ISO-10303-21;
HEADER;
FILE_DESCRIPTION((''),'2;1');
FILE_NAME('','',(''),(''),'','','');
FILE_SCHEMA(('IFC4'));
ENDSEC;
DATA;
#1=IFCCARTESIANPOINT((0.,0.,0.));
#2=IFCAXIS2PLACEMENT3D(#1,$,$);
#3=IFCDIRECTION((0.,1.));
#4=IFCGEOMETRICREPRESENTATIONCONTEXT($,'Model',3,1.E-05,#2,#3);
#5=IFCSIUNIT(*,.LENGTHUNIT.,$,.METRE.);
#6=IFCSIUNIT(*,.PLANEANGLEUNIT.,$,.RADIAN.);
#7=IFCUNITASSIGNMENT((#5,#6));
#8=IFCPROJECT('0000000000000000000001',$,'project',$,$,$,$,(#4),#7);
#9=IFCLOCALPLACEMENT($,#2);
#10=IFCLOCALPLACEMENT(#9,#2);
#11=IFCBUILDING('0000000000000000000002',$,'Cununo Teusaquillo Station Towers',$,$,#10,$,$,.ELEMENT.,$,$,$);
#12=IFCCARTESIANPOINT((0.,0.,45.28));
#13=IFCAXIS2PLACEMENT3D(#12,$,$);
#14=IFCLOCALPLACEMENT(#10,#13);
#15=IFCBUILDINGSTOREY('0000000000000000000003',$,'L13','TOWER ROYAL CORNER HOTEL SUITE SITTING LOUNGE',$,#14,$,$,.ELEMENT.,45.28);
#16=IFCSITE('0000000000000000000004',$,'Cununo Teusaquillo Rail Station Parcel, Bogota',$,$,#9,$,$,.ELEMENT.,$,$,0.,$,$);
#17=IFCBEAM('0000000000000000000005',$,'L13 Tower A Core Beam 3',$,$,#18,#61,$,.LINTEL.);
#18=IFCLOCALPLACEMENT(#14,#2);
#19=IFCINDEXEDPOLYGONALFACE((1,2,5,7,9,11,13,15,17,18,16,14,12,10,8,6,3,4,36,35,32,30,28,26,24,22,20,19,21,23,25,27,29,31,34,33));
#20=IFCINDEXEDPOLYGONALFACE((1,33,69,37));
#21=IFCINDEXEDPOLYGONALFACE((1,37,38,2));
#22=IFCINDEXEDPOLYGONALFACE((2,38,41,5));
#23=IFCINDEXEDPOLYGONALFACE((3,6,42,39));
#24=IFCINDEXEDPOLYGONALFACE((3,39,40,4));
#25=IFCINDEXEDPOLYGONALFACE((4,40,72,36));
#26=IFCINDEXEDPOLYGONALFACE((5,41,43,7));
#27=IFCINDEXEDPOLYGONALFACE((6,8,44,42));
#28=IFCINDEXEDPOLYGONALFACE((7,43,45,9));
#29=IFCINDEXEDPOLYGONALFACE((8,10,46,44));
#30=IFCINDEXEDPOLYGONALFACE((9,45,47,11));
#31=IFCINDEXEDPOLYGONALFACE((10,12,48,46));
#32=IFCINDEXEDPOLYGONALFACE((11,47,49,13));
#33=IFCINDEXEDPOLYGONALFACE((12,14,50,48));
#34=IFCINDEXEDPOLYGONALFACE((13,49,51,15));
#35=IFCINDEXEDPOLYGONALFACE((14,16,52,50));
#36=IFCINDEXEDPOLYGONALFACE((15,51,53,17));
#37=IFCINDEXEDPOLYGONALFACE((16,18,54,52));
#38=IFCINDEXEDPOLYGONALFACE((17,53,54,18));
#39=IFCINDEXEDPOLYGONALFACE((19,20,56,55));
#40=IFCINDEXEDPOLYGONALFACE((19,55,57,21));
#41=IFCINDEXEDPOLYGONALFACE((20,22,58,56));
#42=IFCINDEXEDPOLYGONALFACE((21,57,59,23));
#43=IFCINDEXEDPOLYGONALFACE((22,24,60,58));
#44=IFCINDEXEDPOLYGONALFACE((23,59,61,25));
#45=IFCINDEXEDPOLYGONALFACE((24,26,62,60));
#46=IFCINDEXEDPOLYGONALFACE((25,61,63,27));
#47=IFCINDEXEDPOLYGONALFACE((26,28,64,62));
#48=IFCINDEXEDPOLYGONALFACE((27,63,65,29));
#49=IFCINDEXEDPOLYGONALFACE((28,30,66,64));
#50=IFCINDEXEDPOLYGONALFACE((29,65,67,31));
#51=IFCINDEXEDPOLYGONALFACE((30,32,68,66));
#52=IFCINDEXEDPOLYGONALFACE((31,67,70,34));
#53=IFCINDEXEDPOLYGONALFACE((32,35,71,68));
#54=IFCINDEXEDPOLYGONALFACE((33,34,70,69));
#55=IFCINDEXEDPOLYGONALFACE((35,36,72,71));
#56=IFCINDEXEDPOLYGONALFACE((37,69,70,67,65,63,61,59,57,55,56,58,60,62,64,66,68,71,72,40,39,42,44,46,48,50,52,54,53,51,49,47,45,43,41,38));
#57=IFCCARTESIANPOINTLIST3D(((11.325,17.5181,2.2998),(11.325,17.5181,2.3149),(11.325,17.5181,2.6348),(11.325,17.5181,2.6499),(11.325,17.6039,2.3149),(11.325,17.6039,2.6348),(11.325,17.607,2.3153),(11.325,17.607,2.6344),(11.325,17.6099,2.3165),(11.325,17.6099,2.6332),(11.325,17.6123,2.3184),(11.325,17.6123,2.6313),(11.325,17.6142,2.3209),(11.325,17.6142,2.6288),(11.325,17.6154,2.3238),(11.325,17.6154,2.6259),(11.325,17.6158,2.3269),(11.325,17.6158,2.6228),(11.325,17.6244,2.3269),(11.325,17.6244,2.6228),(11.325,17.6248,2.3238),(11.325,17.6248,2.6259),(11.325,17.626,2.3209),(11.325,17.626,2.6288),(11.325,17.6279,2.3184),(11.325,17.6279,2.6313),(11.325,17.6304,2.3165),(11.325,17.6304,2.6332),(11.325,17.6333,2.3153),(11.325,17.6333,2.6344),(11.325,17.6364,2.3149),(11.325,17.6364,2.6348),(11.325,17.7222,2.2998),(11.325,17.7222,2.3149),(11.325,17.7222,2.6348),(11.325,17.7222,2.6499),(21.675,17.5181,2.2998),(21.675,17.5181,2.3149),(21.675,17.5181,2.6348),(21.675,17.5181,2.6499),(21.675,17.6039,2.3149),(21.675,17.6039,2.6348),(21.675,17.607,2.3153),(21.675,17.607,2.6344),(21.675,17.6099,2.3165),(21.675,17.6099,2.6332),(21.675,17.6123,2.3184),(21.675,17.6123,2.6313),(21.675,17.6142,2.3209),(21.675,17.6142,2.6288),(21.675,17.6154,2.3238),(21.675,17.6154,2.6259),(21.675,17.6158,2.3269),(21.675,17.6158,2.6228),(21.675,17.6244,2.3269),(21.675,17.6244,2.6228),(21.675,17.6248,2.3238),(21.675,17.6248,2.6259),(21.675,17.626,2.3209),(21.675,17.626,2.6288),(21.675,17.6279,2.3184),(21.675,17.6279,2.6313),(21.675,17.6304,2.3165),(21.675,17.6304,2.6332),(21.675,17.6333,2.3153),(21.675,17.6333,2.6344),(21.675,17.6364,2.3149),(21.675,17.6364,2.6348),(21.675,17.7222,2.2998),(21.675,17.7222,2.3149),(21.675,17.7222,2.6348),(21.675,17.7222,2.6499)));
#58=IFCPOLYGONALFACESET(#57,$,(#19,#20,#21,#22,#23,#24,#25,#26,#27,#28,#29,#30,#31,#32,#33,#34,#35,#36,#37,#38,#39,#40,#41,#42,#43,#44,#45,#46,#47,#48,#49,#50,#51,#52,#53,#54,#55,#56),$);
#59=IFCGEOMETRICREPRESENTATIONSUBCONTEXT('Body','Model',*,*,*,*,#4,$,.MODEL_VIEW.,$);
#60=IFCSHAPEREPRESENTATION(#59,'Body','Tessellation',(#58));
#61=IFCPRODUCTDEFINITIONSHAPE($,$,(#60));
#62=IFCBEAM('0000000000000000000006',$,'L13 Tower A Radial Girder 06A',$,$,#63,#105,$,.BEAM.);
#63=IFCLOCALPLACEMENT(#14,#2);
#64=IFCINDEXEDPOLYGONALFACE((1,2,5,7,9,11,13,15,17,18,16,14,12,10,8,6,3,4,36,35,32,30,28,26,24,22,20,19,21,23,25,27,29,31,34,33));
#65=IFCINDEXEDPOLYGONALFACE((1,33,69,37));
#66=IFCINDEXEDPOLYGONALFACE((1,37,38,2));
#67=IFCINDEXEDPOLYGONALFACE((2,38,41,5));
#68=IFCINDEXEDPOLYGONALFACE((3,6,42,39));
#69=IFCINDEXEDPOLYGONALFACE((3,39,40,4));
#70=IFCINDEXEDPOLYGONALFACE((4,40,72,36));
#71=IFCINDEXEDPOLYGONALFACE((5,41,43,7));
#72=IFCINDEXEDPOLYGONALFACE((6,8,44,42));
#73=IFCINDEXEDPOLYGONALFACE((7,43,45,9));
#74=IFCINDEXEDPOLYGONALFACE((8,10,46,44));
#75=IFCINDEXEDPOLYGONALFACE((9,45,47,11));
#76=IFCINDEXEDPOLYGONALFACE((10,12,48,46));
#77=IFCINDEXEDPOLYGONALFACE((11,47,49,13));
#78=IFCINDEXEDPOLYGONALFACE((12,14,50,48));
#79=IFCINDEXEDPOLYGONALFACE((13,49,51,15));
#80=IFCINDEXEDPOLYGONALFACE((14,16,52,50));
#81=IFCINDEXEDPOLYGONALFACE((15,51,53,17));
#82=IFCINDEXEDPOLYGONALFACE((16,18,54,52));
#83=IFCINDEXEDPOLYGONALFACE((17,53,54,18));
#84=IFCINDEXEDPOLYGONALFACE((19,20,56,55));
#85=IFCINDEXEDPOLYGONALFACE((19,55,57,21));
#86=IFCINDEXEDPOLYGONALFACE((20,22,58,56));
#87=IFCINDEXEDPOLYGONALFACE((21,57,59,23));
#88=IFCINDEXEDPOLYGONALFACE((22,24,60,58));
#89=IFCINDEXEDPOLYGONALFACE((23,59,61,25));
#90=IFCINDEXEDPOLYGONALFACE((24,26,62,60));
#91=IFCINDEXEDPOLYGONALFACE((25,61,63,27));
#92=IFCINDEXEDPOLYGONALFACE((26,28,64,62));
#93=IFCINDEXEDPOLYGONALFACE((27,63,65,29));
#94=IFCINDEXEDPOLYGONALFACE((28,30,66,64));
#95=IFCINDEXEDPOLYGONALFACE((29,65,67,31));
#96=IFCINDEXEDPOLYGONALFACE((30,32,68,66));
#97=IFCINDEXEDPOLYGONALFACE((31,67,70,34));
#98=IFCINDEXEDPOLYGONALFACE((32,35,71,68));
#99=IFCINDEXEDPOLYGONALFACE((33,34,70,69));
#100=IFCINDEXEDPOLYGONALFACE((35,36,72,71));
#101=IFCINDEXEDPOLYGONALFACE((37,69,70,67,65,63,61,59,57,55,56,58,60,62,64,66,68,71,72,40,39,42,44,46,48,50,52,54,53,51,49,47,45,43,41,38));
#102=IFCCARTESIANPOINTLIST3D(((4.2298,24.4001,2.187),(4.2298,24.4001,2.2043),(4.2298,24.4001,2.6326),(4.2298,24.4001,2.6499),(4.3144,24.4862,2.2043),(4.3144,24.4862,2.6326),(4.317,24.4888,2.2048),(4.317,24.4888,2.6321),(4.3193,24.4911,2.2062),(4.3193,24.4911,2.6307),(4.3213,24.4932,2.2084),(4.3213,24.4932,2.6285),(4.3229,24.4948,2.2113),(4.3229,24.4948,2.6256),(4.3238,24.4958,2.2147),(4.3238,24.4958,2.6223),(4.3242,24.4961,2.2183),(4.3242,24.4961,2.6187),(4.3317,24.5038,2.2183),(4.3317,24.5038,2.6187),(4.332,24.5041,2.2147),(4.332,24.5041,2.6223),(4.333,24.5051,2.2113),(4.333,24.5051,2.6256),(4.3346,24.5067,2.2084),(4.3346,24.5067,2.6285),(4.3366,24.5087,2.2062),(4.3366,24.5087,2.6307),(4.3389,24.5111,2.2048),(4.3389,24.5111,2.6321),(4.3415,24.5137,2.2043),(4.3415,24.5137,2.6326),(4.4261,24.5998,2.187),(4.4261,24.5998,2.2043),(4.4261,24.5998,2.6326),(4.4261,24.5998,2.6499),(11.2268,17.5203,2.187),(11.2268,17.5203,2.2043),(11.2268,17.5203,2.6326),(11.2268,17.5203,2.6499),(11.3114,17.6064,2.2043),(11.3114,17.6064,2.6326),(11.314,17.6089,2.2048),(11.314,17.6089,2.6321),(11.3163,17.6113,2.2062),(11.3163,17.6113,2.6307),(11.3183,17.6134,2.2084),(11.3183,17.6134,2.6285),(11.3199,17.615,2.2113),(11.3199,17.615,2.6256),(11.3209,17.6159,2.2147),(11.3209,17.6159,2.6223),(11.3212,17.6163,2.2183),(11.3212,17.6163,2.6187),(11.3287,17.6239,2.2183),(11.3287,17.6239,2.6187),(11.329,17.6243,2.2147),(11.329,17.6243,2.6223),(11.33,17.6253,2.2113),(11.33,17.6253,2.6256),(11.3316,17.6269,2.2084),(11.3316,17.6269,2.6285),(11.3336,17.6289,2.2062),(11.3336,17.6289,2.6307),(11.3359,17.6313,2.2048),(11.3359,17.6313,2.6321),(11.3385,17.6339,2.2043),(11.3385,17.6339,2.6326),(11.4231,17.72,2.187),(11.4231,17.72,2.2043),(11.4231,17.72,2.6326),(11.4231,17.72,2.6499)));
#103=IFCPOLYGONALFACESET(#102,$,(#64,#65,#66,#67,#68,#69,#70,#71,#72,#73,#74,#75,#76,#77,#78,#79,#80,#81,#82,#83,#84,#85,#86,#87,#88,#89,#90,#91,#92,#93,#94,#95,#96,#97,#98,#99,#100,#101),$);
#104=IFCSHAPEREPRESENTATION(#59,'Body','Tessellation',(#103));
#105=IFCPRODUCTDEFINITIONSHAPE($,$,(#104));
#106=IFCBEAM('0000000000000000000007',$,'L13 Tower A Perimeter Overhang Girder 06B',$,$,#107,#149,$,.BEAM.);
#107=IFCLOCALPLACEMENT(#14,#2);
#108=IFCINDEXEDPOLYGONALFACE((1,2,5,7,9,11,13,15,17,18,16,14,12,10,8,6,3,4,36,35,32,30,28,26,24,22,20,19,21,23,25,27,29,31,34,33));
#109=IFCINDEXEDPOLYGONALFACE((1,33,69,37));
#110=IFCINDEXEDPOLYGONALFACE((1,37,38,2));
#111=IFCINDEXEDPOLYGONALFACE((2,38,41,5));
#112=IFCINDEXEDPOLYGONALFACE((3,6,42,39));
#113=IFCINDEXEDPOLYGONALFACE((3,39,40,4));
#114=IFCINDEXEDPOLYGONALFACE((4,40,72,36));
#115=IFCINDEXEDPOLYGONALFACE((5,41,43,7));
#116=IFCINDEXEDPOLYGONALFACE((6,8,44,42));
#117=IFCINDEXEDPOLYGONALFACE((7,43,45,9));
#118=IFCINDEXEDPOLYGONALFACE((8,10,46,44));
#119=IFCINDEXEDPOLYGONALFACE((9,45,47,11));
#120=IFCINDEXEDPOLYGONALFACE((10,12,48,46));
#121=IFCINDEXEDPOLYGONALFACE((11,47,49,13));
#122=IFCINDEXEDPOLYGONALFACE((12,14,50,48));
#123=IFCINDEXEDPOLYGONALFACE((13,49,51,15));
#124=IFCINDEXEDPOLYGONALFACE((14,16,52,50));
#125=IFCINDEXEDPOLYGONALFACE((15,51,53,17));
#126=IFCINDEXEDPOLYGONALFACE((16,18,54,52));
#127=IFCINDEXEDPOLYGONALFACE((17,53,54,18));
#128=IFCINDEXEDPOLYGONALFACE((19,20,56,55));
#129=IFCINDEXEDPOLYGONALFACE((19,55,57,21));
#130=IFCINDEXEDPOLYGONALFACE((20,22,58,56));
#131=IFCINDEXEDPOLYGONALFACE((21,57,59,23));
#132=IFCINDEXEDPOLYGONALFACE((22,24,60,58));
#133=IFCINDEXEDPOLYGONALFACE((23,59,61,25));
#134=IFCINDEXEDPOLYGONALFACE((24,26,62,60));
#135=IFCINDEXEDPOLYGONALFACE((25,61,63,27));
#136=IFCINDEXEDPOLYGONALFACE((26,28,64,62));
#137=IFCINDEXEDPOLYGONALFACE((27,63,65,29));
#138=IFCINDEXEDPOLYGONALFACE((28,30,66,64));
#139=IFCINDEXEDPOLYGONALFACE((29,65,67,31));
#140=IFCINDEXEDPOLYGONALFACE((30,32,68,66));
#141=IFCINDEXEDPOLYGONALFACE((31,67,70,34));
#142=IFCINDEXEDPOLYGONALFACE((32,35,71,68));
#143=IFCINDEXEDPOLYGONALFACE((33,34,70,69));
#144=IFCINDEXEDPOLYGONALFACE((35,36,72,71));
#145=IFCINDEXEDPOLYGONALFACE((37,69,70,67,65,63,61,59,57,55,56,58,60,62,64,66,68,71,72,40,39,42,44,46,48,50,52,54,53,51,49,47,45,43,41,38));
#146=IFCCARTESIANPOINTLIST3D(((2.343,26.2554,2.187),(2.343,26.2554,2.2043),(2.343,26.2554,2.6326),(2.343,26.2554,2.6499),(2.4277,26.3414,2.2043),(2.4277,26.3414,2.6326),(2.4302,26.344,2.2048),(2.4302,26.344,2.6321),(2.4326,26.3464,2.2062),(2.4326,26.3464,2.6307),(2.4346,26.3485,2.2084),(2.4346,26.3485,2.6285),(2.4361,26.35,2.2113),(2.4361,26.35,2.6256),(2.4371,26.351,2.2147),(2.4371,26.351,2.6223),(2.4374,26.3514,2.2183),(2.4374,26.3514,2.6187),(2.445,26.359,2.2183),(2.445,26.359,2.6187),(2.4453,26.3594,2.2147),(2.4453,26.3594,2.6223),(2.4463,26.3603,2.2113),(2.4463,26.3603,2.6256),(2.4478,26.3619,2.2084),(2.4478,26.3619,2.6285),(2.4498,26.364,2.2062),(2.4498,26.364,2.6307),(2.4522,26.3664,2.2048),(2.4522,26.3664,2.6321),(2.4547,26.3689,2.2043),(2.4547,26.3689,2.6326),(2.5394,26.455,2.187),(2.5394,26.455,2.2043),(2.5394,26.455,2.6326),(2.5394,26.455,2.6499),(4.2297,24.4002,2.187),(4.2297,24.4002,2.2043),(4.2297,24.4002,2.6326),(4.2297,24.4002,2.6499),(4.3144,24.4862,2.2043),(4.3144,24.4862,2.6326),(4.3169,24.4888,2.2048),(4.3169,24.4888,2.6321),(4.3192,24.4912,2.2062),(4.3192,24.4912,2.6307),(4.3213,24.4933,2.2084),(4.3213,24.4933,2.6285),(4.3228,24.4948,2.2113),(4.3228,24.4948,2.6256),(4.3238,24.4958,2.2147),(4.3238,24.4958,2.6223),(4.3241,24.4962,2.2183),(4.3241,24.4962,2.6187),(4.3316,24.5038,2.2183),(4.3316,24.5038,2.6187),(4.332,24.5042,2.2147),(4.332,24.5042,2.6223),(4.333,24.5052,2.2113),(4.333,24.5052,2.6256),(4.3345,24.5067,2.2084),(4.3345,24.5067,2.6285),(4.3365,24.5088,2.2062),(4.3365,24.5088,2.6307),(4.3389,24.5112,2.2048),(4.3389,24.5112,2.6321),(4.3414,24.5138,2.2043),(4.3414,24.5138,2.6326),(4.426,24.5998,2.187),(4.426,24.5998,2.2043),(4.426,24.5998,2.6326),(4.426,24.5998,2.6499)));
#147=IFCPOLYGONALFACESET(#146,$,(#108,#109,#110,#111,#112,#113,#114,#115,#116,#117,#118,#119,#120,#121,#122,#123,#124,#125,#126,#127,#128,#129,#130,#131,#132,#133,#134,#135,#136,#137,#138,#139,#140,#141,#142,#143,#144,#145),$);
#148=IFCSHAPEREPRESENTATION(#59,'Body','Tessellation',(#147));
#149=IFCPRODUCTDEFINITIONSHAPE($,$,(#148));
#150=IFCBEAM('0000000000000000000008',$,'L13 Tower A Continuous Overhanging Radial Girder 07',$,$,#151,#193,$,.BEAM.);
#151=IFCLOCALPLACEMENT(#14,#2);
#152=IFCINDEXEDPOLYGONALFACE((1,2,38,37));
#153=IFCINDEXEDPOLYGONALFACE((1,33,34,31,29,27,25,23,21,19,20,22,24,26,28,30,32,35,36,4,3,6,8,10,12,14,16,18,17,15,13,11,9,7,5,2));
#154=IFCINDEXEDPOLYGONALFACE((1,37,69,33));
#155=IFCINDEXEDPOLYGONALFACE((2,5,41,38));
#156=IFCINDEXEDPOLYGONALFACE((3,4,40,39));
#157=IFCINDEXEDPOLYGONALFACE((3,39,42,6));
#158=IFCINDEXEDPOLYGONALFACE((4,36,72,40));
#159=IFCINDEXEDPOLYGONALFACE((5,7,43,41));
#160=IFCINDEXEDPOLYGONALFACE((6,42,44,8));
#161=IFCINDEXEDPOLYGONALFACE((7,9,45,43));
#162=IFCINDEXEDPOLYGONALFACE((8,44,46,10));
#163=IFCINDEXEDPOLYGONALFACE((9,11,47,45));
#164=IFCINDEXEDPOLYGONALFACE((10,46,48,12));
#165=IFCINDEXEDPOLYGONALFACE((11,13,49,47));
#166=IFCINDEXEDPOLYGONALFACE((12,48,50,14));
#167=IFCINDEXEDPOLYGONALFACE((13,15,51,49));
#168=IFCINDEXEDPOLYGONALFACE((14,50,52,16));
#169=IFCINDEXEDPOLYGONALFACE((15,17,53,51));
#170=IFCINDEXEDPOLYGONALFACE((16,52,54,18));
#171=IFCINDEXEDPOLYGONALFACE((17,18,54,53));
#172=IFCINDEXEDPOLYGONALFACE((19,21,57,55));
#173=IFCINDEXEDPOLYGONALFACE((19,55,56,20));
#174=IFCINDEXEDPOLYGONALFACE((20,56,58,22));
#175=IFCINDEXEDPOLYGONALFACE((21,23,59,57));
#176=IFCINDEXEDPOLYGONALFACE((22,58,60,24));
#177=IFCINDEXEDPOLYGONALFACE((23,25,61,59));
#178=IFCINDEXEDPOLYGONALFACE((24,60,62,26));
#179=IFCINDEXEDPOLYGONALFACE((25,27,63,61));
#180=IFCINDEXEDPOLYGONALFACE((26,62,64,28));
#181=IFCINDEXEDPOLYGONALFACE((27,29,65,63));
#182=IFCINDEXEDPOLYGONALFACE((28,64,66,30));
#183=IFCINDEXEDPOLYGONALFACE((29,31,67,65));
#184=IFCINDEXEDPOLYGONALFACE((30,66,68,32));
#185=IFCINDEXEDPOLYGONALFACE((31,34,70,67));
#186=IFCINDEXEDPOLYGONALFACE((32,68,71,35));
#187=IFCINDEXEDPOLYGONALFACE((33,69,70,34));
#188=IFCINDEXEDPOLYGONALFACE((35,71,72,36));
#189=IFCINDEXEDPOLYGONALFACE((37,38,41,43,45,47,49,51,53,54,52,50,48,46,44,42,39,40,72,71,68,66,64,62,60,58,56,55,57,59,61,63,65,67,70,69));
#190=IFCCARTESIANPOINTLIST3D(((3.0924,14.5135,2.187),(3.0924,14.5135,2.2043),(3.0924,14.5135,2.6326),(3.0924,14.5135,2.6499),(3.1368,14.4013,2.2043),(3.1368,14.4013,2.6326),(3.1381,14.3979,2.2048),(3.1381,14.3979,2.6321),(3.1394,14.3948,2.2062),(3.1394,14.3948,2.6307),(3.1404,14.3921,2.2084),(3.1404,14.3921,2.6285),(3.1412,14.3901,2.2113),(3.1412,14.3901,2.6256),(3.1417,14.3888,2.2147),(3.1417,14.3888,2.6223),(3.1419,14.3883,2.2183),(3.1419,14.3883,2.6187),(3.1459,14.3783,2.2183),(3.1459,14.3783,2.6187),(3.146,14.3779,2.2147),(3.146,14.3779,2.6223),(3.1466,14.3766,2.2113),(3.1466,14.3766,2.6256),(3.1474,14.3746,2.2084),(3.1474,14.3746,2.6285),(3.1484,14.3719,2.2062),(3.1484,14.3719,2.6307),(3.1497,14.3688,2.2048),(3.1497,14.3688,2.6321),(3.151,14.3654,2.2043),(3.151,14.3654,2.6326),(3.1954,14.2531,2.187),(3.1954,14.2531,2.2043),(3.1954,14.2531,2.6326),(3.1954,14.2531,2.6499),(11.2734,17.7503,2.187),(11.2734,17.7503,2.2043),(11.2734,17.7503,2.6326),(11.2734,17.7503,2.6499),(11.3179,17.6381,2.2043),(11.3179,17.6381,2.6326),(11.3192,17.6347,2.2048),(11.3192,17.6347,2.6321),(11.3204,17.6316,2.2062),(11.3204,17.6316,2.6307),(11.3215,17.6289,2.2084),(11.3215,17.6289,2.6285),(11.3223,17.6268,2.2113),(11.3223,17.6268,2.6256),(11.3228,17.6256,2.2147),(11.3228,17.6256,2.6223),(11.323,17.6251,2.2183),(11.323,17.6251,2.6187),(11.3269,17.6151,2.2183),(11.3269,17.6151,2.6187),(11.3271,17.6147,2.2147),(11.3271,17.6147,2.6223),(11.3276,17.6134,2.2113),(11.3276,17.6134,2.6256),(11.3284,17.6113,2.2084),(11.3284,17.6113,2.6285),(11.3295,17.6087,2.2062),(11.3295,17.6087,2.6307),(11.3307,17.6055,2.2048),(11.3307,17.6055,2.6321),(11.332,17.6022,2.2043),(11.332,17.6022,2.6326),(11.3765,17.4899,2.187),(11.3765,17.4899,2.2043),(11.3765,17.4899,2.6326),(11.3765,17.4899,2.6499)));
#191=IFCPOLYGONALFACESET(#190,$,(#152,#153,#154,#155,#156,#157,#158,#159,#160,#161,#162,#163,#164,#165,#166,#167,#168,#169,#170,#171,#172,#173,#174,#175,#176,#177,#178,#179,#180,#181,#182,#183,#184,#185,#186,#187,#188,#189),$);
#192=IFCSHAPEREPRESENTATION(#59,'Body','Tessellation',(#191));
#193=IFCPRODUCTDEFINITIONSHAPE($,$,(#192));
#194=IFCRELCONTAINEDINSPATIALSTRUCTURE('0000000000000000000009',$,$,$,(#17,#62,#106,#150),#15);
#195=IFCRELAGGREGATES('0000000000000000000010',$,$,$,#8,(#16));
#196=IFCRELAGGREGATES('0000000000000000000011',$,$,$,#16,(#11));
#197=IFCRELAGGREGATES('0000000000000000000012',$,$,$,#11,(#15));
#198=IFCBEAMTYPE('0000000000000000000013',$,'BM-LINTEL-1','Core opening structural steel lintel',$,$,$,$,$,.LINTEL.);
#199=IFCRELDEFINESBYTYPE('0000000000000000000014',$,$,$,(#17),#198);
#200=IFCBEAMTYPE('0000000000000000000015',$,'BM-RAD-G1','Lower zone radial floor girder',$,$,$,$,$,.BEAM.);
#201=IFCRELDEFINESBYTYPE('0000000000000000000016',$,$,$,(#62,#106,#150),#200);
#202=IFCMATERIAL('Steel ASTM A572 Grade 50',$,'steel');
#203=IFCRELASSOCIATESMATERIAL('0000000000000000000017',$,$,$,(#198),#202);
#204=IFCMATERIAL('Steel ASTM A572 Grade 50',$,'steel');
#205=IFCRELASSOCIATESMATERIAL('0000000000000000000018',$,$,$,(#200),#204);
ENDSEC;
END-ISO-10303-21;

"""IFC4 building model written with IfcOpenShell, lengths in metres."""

from ifc_helpers import new_model, si_unit, direction, frame, origin, origin_2d, place, context, subcontext, project, spatial, i_section, extrude, material, material_profile, profile_set, type_object, element, save


model = new_model("IFC4")

# Units and contexts
model_context = context("Model", 3, precision=1e-05, world=origin(), true_north=direction((0.0, 1.0)))
body_context = subcontext(model_context, "Body", "Model", "MODEL_VIEW")
ifc_project = project(units=[si_unit("LENGTHUNIT", "METRE"), si_unit("PLANEANGLEUNIT", "RADIAN")], contexts=[model_context])

# Site, building, storey
site_placement = place(None, origin())
site = spatial("IfcSite", under=ifc_project, at=site_placement, Name="Cununo Teusaquillo Rail Station Parcel, Bogota", CompositionType="ELEMENT", RefElevation=0.0)
building_placement = place(site_placement, origin())
building = spatial("IfcBuilding", under=site, at=building_placement, Name="Cununo Teusaquillo Station Towers", CompositionType="ELEMENT")
storey_placement = place(building_placement, frame((0.0, 0.0, 45.28)))
storey = spatial("IfcBuildingStorey", under=building, at=storey_placement, Name="L13", Description="TOWER ROYAL CORNER HOTEL SUITE SITTING LOUNGE", CompositionType="ELEMENT", Elevation=45.28)

# Beams
ifc_material_1 = material(Name="Steel ASTM A572 Grade 50", Category="steel")
ifc_material_profile_1 = material_profile(ifc_material_1, i_section(OverallWidth=0.2041, OverallDepth=0.3501, WebThickness=0.0085, FlangeThickness=0.0151, FilletRadius=0.012, at=origin_2d()), Name="W14X48")
ifc_profile_set_1 = profile_set([ifc_material_profile_1], Name="Steel ASTM A572 Grade 50")
beam_type_1 = type_object("IfcBeamType", Name="BM-LINTEL-1", Description="Core opening structural steel lintel", PredefinedType="LINTEL", material=ifc_profile_set_1)
beam_1_placement = place(storey_placement, frame((11.325, 17.6201, 2.4749), z_axis=(1.0, 0.0, 0.0), x_axis=(0.0, 1.0, 0.0)))
element("IfcBeam", 1, at=beam_1_placement, inside=storey, type_object=beam_type_1, Name="L13 Tower A Core Beam 3", PredefinedType="LINTEL", context=body_context, shape_type="SweptSolid", body=[
    extrude(i_section(OverallWidth=0.2041, OverallDepth=0.3501, WebThickness=0.0085, FlangeThickness=0.0151, FilletRadius=0.012, at=origin_2d()), origin(), (0.0, 0.0, 1.0), 10.3501),
])
ifc_material_2 = material(Name="Steel ASTM A572 Grade 50", Category="steel")
ifc_material_profile_2 = material_profile(ifc_material_2, i_section(OverallWidth=0.28, OverallDepth=0.4629, WebThickness=0.0107, FlangeThickness=0.0173, FilletRadius=0.0139, at=origin_2d()), Name="W18X76")
ifc_profile_set_2 = profile_set([ifc_material_profile_2], Name="Steel ASTM A572 Grade 50")
beam_type_2 = type_object("IfcBeamType", Name="BM-RAD-G1", Description="Lower zone radial floor girder", PredefinedType="BEAM", material=ifc_profile_set_2)
beam_2_placement = place(storey_placement, frame((11.325, 17.6201, 2.4185), z_axis=(-0.713053, 0.70111, 0.0), x_axis=(-0.70111, -0.713053, 0.0)))
element("IfcBeam", 2, at=beam_2_placement, inside=storey, type_object=beam_type_2, Name="L13 Tower A Radial Girder 06A", PredefinedType="BEAM", context=body_context, shape_type="SweptSolid", body=[
    extrude(i_section(OverallWidth=0.28, OverallDepth=0.4629, WebThickness=0.0107, FlangeThickness=0.0173, FilletRadius=0.0139, at=origin_2d()), origin(), (0.0, 0.0, 1.0), 9.8127),
])
beam_3_placement = place(storey_placement, frame((4.3279, 24.5, 2.4185), z_axis=(-0.713033, 0.701131, 0.0), x_axis=(-0.701131, -0.713033, 0.0)))
element("IfcBeam", 3, at=beam_3_placement, inside=storey, type_object=beam_type_2, Name="L13 Tower A Perimeter Overhang Girder 06B", PredefinedType="BEAM", context=body_context, shape_type="SweptSolid", body=[
    extrude(i_section(OverallWidth=0.28, OverallDepth=0.4629, WebThickness=0.0107, FlangeThickness=0.0173, FilletRadius=0.0139, at=origin_2d()), origin(), (0.0, 0.0, 1.0), 2.646),
])
beam_4_placement = place(storey_placement, frame((11.325, 17.6201, 2.4185), z_axis=(-0.929867, -0.367896, 0.0), x_axis=(0.367896, -0.929867, 0.0)))
element("IfcBeam", 4, at=beam_4_placement, inside=storey, type_object=beam_type_2, Name="L13 Tower A Continuous Overhanging Radial Girder 07", PredefinedType="BEAM", context=body_context, shape_type="SweptSolid", body=[
    extrude(i_section(OverallWidth=0.28, OverallDepth=0.4629, WebThickness=0.0107, FlangeThickness=0.0173, FilletRadius=0.0139, at=origin_2d()), origin(), (0.0, 0.0, 1.0), 8.7981),
])

save(model, "model.ifc")
